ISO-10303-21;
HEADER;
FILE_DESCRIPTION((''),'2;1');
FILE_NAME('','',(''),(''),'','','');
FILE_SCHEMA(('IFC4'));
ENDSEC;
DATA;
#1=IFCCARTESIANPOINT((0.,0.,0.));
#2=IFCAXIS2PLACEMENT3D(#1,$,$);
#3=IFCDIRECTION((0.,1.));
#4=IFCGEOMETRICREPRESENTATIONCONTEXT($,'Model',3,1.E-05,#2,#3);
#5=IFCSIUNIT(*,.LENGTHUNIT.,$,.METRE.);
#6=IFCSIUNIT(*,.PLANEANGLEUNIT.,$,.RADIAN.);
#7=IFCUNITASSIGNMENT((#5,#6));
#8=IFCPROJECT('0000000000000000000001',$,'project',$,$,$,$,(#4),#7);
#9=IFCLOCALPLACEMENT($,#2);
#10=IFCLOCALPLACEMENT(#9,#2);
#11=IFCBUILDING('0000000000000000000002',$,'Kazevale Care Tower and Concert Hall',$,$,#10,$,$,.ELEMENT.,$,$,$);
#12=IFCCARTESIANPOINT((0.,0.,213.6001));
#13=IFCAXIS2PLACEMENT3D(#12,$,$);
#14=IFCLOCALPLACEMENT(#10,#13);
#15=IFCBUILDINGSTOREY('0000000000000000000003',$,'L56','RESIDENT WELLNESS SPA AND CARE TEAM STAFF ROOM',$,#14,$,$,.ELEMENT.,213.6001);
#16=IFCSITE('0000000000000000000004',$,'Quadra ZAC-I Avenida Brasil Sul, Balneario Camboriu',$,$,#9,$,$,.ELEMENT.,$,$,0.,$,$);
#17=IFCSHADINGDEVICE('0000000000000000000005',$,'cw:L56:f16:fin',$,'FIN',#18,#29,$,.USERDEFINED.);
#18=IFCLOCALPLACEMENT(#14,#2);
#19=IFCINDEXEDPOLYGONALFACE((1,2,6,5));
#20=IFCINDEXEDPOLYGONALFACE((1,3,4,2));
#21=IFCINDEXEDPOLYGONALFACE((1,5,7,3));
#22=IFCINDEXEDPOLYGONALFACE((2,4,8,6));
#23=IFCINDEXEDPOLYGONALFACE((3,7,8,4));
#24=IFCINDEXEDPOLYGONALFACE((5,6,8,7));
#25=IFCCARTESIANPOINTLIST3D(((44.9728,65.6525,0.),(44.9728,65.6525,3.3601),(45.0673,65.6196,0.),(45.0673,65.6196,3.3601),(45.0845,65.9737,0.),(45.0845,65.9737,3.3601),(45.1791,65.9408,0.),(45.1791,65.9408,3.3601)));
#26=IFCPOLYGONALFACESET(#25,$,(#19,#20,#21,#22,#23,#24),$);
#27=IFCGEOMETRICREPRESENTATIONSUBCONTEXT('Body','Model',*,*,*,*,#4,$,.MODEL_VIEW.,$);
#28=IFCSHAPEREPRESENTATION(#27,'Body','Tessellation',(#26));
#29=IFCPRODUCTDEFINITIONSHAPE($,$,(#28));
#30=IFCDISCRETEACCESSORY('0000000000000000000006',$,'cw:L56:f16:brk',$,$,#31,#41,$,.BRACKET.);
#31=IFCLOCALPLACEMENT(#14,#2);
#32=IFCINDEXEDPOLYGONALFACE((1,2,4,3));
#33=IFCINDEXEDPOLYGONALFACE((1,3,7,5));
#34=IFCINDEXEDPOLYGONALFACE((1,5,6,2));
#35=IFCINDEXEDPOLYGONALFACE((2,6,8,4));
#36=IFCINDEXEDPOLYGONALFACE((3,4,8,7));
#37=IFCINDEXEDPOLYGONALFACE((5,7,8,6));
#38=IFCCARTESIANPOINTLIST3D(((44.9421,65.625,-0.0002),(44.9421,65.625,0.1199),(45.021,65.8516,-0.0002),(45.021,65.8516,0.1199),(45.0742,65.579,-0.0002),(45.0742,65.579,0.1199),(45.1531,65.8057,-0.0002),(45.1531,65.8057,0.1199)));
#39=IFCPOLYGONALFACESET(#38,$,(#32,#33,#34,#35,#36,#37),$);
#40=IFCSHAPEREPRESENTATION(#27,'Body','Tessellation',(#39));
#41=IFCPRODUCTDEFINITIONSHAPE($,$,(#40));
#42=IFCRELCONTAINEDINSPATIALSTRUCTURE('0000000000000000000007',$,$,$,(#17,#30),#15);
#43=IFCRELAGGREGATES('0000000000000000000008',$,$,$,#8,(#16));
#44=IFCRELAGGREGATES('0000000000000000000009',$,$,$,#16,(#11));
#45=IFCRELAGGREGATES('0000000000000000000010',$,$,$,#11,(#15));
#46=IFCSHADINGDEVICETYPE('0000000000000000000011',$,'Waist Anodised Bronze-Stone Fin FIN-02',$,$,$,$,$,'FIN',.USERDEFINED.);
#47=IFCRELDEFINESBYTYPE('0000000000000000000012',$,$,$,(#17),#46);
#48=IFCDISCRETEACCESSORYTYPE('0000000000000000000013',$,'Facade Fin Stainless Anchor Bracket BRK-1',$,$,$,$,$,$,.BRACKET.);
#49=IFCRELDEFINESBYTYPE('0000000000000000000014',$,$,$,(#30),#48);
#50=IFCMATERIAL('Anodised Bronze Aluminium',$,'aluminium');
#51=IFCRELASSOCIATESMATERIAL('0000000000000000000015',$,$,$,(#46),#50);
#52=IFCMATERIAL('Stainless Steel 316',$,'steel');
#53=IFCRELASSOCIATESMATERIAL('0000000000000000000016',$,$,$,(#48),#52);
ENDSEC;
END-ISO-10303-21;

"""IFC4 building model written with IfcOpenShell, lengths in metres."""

from ifc_helpers import new_model, si_unit, direction, frame, origin, origin_2d, place, context, subcontext, project, spatial, rectangle, extrude, material, type_object, element, save


model = new_model("IFC4")

# Units and contexts
model_context = context("Model", 3, precision=1e-05, world=origin(), true_north=direction((0.0, 1.0)))
body_context = subcontext(model_context, "Body", "Model", "MODEL_VIEW")
ifc_project = project(units=[si_unit("LENGTHUNIT", "METRE"), si_unit("PLANEANGLEUNIT", "RADIAN")], contexts=[model_context])

# Site, building, storey
site_placement = place(None, origin())
site = spatial("IfcSite", under=ifc_project, at=site_placement, Name="Quadra ZAC-I Avenida Brasil Sul, Balneario Camboriu", CompositionType="ELEMENT", RefElevation=0.0)
building_placement = place(site_placement, origin())
building = spatial("IfcBuilding", under=site, at=building_placement, Name="Kazevale Care Tower and Concert Hall", CompositionType="ELEMENT")
storey_placement = place(building_placement, frame((0.0, 0.0, 213.6001)))
storey = spatial("IfcBuildingStorey", under=building, at=storey_placement, Name="L56", Description="RESIDENT WELLNESS SPA AND CARE TEAM STAFF ROOM", CompositionType="ELEMENT", Elevation=213.6001)

# Shading device
ifc_material_1 = material(Name="Anodised Bronze Aluminium", Category="aluminium")
shading_device_type = type_object("IfcShadingDeviceType", Name="Waist Anodised Bronze-Stone Fin FIN-02", ElementType="FIN", PredefinedType="USERDEFINED", material=ifc_material_1)
shading_device_placement = place(storey_placement, frame((45.0759, 65.7966, 0.0), z_axis=(0.0, 0.0, 1.0), x_axis=(0.328537, 0.944491, 0.0)))
element("IfcShadingDevice", 1, at=shading_device_placement, inside=storey, type_object=shading_device_type, Name="cw:L56:f16:fin", ObjectType="FIN", PredefinedType="USERDEFINED", context=body_context, shape_type="SweptSolid", body=[
    extrude(rectangle(XDim=0.3401, YDim=0.1001, at=origin_2d()), origin(), (0.0, 0.0, 1.0), 3.3601),
])

# Discrete accessory
ifc_material_2 = material(Name="Stainless Steel 316", Category="steel")
discrete_accessory_type = type_object("IfcDiscreteAccessoryType", Name="Facade Fin Stainless Anchor Bracket BRK-1", PredefinedType="BRACKET", material=ifc_material_2)
discrete_accessory_placement = place(storey_placement, frame((45.0476, 65.7153, -0.0002), z_axis=(0.0, 0.0, 1.0), x_axis=(0.328537, 0.944491, 0.0)))
element("IfcDiscreteAccessory", 2, at=discrete_accessory_placement, inside=storey, type_object=discrete_accessory_type, Name="cw:L56:f16:brk", PredefinedType="BRACKET", context=body_context, shape_type="SweptSolid", body=[
    extrude(rectangle(XDim=0.24, YDim=0.1399, at=origin_2d()), origin(), (0.0, 0.0, 1.0), 0.1201),
])

save(model, "model.ifc")
